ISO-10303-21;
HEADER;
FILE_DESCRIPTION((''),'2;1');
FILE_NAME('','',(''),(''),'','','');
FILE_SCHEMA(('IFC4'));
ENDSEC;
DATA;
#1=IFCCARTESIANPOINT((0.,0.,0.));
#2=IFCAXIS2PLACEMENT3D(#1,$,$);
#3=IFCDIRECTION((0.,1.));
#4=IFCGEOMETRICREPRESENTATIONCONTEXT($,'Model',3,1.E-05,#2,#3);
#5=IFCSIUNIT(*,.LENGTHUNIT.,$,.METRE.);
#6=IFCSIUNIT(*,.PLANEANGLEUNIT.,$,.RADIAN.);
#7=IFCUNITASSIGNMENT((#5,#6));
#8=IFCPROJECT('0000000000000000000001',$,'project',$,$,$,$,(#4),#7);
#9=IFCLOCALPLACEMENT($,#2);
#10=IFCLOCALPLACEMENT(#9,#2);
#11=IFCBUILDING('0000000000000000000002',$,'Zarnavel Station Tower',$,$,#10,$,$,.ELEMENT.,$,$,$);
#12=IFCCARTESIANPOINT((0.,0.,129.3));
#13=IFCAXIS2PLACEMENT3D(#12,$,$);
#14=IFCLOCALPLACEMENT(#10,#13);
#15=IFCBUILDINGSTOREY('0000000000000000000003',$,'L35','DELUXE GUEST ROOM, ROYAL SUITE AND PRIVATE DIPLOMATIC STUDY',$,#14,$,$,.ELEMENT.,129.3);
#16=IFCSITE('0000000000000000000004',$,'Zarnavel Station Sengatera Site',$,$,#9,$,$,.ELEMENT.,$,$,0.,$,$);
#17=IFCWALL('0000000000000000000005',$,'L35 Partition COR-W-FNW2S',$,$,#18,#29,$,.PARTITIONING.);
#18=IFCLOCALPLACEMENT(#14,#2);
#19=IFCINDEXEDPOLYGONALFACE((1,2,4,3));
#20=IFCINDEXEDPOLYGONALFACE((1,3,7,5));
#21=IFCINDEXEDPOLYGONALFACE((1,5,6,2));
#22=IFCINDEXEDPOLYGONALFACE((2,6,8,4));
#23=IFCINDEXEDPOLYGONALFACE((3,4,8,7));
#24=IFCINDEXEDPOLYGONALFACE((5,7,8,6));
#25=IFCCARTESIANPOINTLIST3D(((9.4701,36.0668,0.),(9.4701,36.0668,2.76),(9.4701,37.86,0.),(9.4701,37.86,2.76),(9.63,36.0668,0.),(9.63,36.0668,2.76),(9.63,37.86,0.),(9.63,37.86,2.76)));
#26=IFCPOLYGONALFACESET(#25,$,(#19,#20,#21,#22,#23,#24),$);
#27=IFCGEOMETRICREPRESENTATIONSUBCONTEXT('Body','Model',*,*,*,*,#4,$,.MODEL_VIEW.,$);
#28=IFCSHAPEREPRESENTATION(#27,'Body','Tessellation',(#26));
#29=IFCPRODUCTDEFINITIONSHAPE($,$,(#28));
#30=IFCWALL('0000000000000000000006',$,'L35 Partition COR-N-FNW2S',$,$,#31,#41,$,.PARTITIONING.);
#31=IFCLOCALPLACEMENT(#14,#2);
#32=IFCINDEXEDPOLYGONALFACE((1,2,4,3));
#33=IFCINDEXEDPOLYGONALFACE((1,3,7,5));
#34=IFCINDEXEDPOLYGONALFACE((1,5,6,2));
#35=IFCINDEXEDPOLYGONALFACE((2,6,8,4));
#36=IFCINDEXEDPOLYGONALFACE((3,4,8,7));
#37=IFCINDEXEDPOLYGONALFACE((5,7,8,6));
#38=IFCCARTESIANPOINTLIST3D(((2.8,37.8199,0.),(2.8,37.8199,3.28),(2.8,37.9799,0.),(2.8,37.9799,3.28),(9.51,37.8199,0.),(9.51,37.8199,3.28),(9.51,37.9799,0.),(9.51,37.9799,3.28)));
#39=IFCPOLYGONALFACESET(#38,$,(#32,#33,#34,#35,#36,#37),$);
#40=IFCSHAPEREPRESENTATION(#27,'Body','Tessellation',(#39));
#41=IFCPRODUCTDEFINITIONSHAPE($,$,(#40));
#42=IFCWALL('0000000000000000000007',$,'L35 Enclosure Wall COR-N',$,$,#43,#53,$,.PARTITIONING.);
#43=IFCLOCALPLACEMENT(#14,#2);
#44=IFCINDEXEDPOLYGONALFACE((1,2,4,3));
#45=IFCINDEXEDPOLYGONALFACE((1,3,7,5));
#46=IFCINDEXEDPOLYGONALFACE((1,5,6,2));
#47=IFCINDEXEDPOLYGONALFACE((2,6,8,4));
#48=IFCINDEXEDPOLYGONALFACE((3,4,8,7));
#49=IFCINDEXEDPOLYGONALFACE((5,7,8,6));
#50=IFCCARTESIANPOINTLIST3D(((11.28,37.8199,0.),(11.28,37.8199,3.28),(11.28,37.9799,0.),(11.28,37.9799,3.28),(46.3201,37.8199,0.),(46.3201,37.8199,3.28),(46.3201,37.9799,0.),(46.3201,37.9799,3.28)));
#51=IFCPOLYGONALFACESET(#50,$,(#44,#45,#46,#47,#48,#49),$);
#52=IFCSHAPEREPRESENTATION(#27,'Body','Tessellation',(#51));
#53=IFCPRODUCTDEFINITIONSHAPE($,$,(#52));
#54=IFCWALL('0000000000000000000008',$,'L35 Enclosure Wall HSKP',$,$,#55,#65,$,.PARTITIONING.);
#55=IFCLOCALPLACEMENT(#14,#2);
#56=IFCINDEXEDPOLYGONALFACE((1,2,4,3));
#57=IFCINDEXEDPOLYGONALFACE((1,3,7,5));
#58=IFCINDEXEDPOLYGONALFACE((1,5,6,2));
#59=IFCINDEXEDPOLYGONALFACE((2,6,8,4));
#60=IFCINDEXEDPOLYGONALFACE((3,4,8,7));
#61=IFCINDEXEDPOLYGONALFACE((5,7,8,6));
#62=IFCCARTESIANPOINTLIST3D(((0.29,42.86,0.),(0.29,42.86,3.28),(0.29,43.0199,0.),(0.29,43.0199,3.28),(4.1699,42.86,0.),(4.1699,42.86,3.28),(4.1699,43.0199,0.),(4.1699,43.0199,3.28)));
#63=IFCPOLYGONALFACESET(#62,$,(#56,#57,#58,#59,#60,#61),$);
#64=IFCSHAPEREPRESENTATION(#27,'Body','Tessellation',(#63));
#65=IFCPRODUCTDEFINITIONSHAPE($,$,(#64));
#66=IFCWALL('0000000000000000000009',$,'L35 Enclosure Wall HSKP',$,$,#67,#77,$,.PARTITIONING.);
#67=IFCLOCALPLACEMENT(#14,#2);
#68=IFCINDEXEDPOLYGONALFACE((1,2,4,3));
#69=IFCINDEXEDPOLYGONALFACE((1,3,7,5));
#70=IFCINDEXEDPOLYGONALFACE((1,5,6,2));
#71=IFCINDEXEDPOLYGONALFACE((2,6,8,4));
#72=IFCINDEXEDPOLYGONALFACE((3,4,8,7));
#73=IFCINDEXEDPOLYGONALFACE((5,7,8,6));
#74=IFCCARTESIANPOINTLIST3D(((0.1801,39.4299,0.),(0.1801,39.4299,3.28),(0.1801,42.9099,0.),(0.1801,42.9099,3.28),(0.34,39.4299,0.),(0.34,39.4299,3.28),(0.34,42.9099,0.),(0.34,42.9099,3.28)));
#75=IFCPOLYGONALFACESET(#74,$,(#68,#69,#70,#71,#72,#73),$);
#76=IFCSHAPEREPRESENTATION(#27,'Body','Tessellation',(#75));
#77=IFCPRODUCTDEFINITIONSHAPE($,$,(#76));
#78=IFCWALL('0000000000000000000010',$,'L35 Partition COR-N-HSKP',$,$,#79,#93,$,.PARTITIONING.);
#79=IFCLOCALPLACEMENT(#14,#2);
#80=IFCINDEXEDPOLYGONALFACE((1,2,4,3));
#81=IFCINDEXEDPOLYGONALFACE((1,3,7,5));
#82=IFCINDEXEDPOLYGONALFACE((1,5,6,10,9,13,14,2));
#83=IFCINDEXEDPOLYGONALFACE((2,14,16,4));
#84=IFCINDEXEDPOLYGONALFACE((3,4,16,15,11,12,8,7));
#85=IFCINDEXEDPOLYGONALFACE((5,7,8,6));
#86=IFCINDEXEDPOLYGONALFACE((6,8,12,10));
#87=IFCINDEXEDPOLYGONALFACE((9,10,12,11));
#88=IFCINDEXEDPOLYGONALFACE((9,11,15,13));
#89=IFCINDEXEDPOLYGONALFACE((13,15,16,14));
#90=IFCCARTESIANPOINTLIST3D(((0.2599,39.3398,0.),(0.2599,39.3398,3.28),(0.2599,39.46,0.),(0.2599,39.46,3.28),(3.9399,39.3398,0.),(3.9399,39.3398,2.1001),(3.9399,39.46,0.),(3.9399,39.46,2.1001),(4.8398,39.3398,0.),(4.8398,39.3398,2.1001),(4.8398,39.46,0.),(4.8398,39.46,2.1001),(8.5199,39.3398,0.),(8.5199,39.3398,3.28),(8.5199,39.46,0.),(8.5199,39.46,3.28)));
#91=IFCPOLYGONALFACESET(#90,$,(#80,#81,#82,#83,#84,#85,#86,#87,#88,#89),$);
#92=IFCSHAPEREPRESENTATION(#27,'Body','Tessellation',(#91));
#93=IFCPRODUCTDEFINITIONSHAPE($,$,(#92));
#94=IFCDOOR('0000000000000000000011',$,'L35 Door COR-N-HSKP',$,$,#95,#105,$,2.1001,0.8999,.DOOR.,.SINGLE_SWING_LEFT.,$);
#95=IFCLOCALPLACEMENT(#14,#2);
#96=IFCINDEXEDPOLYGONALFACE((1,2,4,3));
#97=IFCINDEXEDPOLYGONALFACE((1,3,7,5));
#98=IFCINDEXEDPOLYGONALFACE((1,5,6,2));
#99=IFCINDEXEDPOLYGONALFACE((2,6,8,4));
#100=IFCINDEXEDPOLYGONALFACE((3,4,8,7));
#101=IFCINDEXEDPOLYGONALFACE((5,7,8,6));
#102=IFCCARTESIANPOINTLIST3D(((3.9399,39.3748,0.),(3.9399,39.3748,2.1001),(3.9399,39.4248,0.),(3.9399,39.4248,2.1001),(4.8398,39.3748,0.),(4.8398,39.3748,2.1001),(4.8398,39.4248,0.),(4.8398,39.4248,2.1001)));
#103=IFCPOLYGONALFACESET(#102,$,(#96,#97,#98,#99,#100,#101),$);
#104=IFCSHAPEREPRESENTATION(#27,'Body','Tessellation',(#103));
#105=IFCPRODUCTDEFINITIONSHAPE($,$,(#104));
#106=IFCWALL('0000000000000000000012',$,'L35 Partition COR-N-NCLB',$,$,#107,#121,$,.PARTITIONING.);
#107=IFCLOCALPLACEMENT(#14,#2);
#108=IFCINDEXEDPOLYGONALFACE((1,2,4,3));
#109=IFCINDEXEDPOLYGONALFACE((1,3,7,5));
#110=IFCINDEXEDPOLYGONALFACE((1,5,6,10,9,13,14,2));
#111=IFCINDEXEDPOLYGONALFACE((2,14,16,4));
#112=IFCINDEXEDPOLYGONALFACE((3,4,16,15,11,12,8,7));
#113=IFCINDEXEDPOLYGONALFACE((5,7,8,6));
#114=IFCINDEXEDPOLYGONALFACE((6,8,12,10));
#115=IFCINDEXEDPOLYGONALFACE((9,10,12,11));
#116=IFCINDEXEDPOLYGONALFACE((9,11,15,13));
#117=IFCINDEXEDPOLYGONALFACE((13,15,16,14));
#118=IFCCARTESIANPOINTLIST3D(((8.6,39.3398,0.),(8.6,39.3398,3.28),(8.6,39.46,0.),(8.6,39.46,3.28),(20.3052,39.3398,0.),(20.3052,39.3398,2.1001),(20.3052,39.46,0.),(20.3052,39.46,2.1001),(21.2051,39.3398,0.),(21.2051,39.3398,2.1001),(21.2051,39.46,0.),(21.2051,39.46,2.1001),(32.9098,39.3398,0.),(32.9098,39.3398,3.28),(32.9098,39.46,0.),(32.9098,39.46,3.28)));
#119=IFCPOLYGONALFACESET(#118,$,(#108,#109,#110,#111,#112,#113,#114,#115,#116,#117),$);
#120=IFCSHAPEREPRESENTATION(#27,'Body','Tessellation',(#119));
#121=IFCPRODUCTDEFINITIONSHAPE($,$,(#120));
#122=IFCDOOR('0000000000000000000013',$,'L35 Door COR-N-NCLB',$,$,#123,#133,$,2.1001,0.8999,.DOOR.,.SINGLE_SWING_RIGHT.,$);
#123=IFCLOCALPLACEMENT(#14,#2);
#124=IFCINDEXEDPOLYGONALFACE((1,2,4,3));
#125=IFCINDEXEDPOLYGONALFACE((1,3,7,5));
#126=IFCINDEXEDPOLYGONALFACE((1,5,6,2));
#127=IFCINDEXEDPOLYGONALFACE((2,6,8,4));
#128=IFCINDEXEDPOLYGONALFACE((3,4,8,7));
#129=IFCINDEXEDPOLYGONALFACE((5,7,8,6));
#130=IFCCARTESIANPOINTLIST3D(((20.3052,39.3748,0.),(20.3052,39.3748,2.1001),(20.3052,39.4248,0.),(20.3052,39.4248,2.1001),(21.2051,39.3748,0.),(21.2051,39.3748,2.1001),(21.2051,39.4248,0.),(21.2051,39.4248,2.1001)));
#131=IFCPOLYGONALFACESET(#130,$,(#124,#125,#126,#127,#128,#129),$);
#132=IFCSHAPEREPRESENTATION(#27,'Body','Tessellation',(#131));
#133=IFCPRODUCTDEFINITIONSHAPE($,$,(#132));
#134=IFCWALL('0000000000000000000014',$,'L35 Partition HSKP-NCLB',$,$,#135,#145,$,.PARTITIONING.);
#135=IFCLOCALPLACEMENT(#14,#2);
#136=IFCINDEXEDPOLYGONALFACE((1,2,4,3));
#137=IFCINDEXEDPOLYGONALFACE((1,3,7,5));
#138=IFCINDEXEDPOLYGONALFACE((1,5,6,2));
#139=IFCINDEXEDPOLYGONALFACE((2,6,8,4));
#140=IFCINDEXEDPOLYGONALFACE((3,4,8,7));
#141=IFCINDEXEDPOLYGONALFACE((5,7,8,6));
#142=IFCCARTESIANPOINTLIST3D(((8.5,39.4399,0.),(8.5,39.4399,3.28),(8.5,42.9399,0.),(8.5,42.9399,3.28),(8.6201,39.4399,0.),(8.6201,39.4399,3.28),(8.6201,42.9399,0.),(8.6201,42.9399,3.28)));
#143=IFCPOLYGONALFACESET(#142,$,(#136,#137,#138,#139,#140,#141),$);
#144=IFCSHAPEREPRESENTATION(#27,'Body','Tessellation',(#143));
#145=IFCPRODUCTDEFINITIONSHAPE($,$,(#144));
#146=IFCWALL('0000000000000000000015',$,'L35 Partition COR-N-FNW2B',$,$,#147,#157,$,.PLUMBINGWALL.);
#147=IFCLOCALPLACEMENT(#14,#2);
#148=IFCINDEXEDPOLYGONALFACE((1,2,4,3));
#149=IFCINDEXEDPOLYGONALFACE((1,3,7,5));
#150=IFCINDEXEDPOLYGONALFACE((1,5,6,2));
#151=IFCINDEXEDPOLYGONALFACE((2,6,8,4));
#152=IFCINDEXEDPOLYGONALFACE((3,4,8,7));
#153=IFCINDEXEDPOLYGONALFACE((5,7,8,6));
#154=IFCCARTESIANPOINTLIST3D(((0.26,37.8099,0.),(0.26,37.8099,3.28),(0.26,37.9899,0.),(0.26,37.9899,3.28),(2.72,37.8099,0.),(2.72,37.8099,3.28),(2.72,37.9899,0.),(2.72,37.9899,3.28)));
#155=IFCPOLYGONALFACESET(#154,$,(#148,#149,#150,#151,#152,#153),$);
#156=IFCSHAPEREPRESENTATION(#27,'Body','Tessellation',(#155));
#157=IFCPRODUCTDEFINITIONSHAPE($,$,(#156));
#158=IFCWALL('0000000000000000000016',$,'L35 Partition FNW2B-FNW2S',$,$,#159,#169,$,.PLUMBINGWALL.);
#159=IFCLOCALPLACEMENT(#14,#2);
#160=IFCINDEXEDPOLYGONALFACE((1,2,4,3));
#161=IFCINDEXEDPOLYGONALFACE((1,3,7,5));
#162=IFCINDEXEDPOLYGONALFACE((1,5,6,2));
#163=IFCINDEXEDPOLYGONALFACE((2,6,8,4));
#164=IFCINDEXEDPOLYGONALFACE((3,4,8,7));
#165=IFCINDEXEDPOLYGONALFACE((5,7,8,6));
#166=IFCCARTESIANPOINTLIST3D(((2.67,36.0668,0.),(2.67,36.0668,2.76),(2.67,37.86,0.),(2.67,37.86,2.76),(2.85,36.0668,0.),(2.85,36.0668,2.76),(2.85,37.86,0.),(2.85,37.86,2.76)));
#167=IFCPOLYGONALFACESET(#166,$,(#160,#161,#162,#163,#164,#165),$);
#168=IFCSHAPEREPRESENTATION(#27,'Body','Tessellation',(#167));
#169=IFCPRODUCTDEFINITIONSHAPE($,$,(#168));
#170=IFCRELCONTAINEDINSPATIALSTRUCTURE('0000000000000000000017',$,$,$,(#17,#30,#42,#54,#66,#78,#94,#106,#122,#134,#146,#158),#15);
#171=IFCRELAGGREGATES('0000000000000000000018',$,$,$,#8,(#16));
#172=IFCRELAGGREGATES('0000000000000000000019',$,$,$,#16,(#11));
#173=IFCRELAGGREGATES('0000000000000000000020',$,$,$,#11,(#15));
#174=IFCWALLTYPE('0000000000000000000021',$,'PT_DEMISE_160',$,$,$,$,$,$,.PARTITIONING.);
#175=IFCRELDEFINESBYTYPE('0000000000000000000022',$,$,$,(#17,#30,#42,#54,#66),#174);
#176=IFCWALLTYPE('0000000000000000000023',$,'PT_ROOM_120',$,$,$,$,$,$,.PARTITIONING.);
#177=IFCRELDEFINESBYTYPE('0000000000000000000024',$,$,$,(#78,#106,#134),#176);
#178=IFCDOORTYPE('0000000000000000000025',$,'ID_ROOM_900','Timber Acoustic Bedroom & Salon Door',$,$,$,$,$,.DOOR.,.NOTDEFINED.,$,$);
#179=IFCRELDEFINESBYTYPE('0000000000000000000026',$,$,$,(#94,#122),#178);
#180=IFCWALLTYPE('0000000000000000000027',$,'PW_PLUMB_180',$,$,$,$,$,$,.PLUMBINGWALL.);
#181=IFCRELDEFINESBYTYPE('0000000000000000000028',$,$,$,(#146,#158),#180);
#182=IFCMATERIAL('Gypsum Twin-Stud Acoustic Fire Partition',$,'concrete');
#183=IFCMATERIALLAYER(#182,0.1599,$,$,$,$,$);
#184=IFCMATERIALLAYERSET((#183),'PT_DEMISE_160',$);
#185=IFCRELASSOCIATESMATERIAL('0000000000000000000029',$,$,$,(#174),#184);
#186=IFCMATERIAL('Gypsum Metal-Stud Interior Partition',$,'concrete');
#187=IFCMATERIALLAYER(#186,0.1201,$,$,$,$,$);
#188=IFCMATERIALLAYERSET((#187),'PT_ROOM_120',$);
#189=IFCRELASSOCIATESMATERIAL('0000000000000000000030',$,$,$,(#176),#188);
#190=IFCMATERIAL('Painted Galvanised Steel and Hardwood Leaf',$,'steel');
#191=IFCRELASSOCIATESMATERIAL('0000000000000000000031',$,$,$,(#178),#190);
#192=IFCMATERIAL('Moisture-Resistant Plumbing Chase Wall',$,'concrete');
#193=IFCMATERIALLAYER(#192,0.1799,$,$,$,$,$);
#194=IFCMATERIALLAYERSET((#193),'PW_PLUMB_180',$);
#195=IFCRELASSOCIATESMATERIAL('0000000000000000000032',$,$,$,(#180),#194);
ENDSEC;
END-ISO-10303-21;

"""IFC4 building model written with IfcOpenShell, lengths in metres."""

from ifc_helpers import new_model, si_unit, direction, frame, frame_2d, origin, place, context, subcontext, project, spatial, rectangle, extrude, material, layer, layer_set, type_object, element, fill, save


model = new_model("IFC4")

# Units and contexts
model_context = context("Model", 3, precision=1e-05, world=origin(), true_north=direction((0.0, 1.0)))
body_context = subcontext(model_context, "Body", "Model", "MODEL_VIEW")
ifc_project = project(units=[si_unit("LENGTHUNIT", "METRE"), si_unit("PLANEANGLEUNIT", "RADIAN")], contexts=[model_context])

# Site, building, storey
site_placement = place(None, origin())
site = spatial("IfcSite", under=ifc_project, at=site_placement, Name="Zarnavel Station Sengatera Site", CompositionType="ELEMENT", RefElevation=0.0)
building_placement = place(site_placement, origin())
building = spatial("IfcBuilding", under=site, at=building_placement, Name="Zarnavel Station Tower", CompositionType="ELEMENT")
storey_placement = place(building_placement, frame((0.0, 0.0, 129.3)))
storey = spatial("IfcBuildingStorey", under=building, at=storey_placement, Name="L35", Description="DELUXE GUEST ROOM, ROYAL SUITE AND PRIVATE DIPLOMATIC STUDY", CompositionType="ELEMENT", Elevation=129.3)

# Walls
ifc_material_1 = material(Name="Gypsum Twin-Stud Acoustic Fire Partition", Category="concrete")
ifc_layer_1 = layer(ifc_material_1, 0.1599)
ifc_layer_set_1 = layer_set([ifc_layer_1], Name="PT_DEMISE_160")
wall_type_1 = type_object("IfcWallType", Name="PT_DEMISE_160", PredefinedType="PARTITIONING", material=ifc_layer_set_1)
wall_1_placement = place(storey_placement, frame((9.55, 36.0669, 0.0), z_axis=(0.0, 0.0, 1.0), x_axis=(0.0, 1.0, 0.0)))
element("IfcWall", 1, at=wall_1_placement, inside=storey, type_object=wall_type_1, Name="L35 Partition COR-W-FNW2S", PredefinedType="PARTITIONING", context=body_context, shape_type="SweptSolid", body=[
    extrude(rectangle(XDim=1.7932, YDim=0.1599, at=frame_2d((0.8965, 0.0))), origin(), (0.0, 0.0, 1.0), 2.76),
])
wall_2_placement = place(storey_placement, frame((2.8, 37.8999, 0.0), z_axis=(0.0, 0.0, 1.0), x_axis=(1.0, 0.0, 0.0)))
element("IfcWall", 2, at=wall_2_placement, inside=storey, type_object=wall_type_1, Name="L35 Partition COR-N-FNW2S", PredefinedType="PARTITIONING", context=body_context, shape_type="SweptSolid", body=[
    extrude(rectangle(XDim=6.71, YDim=0.1599, at=frame_2d((3.355, 0.0))), origin(), (0.0, 0.0, 1.0), 3.28),
])
wall_3_placement = place(storey_placement, frame((11.28, 37.8999, 0.0), z_axis=(0.0, 0.0, 1.0), x_axis=(1.0, 0.0, 0.0)))
element("IfcWall", 3, at=wall_3_placement, inside=storey, type_object=wall_type_1, Name="L35 Enclosure Wall COR-N", PredefinedType="PARTITIONING", context=body_context, shape_type="SweptSolid", body=[
    extrude(rectangle(XDim=35.04, YDim=0.1599, at=frame_2d((17.52, 0.0))), origin(), (0.0, 0.0, 1.0), 3.28),
])
wall_4_placement = place(storey_placement, frame((0.29, 42.9399, 0.0), z_axis=(0.0, 0.0, 1.0), x_axis=(1.0, 0.0, 0.0)))
element("IfcWall", 4, at=wall_4_placement, inside=storey, type_object=wall_type_1, Name="L35 Enclosure Wall HSKP", PredefinedType="PARTITIONING", context=body_context, shape_type="SweptSolid", body=[
    extrude(rectangle(XDim=3.8799, YDim=0.1599, at=frame_2d((1.9399, 0.0))), origin(), (0.0, 0.0, 1.0), 3.28),
])
wall_5_placement = place(storey_placement, frame((0.26, 39.4299, 0.0), z_axis=(0.0, 0.0, 1.0), x_axis=(0.0, 1.0, 0.0)))
element("IfcWall", 5, at=wall_5_placement, inside=storey, type_object=wall_type_1, Name="L35 Enclosure Wall HSKP", PredefinedType="PARTITIONING", context=body_context, shape_type="SweptSolid", body=[
    extrude(rectangle(XDim=3.48, YDim=0.1599, at=frame_2d((1.74, 0.0))), origin(), (0.0, 0.0, 1.0), 3.28),
])

# Walls, openings, doors
ifc_material_2 = material(Name="Gypsum Metal-Stud Interior Partition", Category="concrete")
ifc_layer_2 = layer(ifc_material_2, 0.1201)
ifc_layer_set_2 = layer_set([ifc_layer_2], Name="PT_ROOM_120")
wall_type_2 = type_object("IfcWallType", Name="PT_ROOM_120", PredefinedType="PARTITIONING", material=ifc_layer_set_2)
wall_6_placement = place(storey_placement, frame((0.26, 39.3999, 0.0), z_axis=(0.0, 0.0, 1.0), x_axis=(1.0, 0.0, 0.0)))
wall_6 = element("IfcWall", 6, at=wall_6_placement, inside=storey, type_object=wall_type_2, Name="L35 Partition COR-N-HSKP", PredefinedType="PARTITIONING", context=body_context, shape_type="SweptSolid", body=[
    extrude(rectangle(XDim=8.26, YDim=0.1201, at=frame_2d((4.1299, 0.0))), origin(), (0.0, 0.0, 1.0), 3.28),
])
opening_1_placement = place(wall_6_placement, frame((3.6799, 0.0, 0.0)))
opening_1 = element("IfcOpeningElement", 7, at=opening_1_placement, cuts=wall_6, PredefinedType="OPENING", context=body_context, shape_type="SweptSolid", body=[
    extrude(rectangle(XDim=0.8999, YDim=2.1001, at=frame_2d((0.45, 1.05))), frame((0.0, 0.0701, 0.0), z_axis=(0.0, -1.0, 0.0), x_axis=(1.0, 0.0, 0.0)), (0.0, 0.0, 1.0), 0.1401),
])
ifc_material_3 = material(Name="Painted Galvanised Steel and Hardwood Leaf", Category="steel")
door_type = type_object("IfcDoorType", Name="ID_ROOM_900", Description="Timber Acoustic Bedroom & Salon Door", OperationType="NOTDEFINED", PredefinedType="DOOR", material=ifc_material_3)
door_1_placement = place(opening_1_placement, origin())
door_1 = element("IfcDoor", 8, at=door_1_placement, inside=storey, type_object=door_type, Name="L35 Door COR-N-HSKP", OperationType="SINGLE_SWING_LEFT", OverallHeight=2.1001, OverallWidth=0.8999, PredefinedType="DOOR", context=body_context, shape_type="SweptSolid", body=[
    extrude(rectangle(XDim=0.8999, YDim=2.1001, at=frame_2d((0.45, 1.05))), frame((0.0, 0.0249, 0.0), z_axis=(0.0, -1.0, 0.0), x_axis=(1.0, 0.0, 0.0)), (0.0, 0.0, 1.0), 0.05),
])
fill(opening_1, door_1)
wall_7_placement = place(storey_placement, frame((8.6001, 39.3999, 0.0), z_axis=(0.0, 0.0, 1.0), x_axis=(1.0, 0.0, 0.0)))
wall_7 = element("IfcWall", 9, at=wall_7_placement, inside=storey, type_object=wall_type_2, Name="L35 Partition COR-N-NCLB", PredefinedType="PARTITIONING", context=body_context, shape_type="SweptSolid", body=[
    extrude(rectangle(XDim=24.3098, YDim=0.1201, at=frame_2d((12.1548, 0.0))), origin(), (0.0, 0.0, 1.0), 3.28),
])
opening_2_placement = place(wall_7_placement, frame((11.7051, 0.0, 0.0)))
opening_2 = element("IfcOpeningElement", 10, at=opening_2_placement, cuts=wall_7, PredefinedType="OPENING", context=body_context, shape_type="SweptSolid", body=[
    extrude(rectangle(XDim=0.8999, YDim=2.1001, at=frame_2d((0.45, 1.05))), frame((0.0, 0.0701, 0.0), z_axis=(0.0, -1.0, 0.0), x_axis=(1.0, 0.0, 0.0)), (0.0, 0.0, 1.0), 0.1401),
])
door_2_placement = place(opening_2_placement, origin())
door_2 = element("IfcDoor", 11, at=door_2_placement, inside=storey, type_object=door_type, Name="L35 Door COR-N-NCLB", OperationType="SINGLE_SWING_RIGHT", OverallHeight=2.1001, OverallWidth=0.8999, PredefinedType="DOOR", context=body_context, shape_type="SweptSolid", body=[
    extrude(rectangle(XDim=0.8999, YDim=2.1001, at=frame_2d((0.45, 1.05))), frame((0.0, 0.0249, 0.0), z_axis=(0.0, -1.0, 0.0), x_axis=(1.0, 0.0, 0.0)), (0.0, 0.0, 1.0), 0.05),
])
fill(opening_2, door_2)

# Walls
wall_8_placement = place(storey_placement, frame((8.5601, 39.4399, 0.0), z_axis=(0.0, 0.0, 1.0), x_axis=(0.0, 1.0, 0.0)))
element("IfcWall", 12, at=wall_8_placement, inside=storey, type_object=wall_type_2, Name="L35 Partition HSKP-NCLB", PredefinedType="PARTITIONING", context=body_context, shape_type="SweptSolid", body=[
    extrude(rectangle(XDim=3.5, YDim=0.1201, at=frame_2d((1.75, 0.0))), origin(), (0.0, 0.0, 1.0), 3.28),
])
ifc_material_4 = material(Name="Moisture-Resistant Plumbing Chase Wall", Category="concrete")
ifc_layer_3 = layer(ifc_material_4, 0.1799)
ifc_layer_set_3 = layer_set([ifc_layer_3], Name="PW_PLUMB_180")
wall_type_3 = type_object("IfcWallType", Name="PW_PLUMB_180", PredefinedType="PLUMBINGWALL", material=ifc_layer_set_3)
wall_9_placement = place(storey_placement, frame((0.26, 37.8999, 0.0), z_axis=(0.0, 0.0, 1.0), x_axis=(1.0, 0.0, 0.0)))
element("IfcWall", 13, at=wall_9_placement, inside=storey, type_object=wall_type_3, Name="L35 Partition COR-N-FNW2B", PredefinedType="PLUMBINGWALL", context=body_context, shape_type="SweptSolid", body=[
    extrude(rectangle(XDim=2.46, YDim=0.1799, at=frame_2d((1.23, 0.0))), origin(), (0.0, 0.0, 1.0), 3.28),
])
wall_10_placement = place(storey_placement, frame((2.76, 36.0669, 0.0), z_axis=(0.0, 0.0, 1.0), x_axis=(0.0, 1.0, 0.0)))
element("IfcWall", 14, at=wall_10_placement, inside=storey, type_object=wall_type_3, Name="L35 Partition FNW2B-FNW2S", PredefinedType="PLUMBINGWALL", context=body_context, shape_type="SweptSolid", body=[
    extrude(rectangle(XDim=1.7932, YDim=0.1799, at=frame_2d((0.8965, 0.0))), origin(), (0.0, 0.0, 1.0), 2.76),
])

save(model, "model.ifc")
